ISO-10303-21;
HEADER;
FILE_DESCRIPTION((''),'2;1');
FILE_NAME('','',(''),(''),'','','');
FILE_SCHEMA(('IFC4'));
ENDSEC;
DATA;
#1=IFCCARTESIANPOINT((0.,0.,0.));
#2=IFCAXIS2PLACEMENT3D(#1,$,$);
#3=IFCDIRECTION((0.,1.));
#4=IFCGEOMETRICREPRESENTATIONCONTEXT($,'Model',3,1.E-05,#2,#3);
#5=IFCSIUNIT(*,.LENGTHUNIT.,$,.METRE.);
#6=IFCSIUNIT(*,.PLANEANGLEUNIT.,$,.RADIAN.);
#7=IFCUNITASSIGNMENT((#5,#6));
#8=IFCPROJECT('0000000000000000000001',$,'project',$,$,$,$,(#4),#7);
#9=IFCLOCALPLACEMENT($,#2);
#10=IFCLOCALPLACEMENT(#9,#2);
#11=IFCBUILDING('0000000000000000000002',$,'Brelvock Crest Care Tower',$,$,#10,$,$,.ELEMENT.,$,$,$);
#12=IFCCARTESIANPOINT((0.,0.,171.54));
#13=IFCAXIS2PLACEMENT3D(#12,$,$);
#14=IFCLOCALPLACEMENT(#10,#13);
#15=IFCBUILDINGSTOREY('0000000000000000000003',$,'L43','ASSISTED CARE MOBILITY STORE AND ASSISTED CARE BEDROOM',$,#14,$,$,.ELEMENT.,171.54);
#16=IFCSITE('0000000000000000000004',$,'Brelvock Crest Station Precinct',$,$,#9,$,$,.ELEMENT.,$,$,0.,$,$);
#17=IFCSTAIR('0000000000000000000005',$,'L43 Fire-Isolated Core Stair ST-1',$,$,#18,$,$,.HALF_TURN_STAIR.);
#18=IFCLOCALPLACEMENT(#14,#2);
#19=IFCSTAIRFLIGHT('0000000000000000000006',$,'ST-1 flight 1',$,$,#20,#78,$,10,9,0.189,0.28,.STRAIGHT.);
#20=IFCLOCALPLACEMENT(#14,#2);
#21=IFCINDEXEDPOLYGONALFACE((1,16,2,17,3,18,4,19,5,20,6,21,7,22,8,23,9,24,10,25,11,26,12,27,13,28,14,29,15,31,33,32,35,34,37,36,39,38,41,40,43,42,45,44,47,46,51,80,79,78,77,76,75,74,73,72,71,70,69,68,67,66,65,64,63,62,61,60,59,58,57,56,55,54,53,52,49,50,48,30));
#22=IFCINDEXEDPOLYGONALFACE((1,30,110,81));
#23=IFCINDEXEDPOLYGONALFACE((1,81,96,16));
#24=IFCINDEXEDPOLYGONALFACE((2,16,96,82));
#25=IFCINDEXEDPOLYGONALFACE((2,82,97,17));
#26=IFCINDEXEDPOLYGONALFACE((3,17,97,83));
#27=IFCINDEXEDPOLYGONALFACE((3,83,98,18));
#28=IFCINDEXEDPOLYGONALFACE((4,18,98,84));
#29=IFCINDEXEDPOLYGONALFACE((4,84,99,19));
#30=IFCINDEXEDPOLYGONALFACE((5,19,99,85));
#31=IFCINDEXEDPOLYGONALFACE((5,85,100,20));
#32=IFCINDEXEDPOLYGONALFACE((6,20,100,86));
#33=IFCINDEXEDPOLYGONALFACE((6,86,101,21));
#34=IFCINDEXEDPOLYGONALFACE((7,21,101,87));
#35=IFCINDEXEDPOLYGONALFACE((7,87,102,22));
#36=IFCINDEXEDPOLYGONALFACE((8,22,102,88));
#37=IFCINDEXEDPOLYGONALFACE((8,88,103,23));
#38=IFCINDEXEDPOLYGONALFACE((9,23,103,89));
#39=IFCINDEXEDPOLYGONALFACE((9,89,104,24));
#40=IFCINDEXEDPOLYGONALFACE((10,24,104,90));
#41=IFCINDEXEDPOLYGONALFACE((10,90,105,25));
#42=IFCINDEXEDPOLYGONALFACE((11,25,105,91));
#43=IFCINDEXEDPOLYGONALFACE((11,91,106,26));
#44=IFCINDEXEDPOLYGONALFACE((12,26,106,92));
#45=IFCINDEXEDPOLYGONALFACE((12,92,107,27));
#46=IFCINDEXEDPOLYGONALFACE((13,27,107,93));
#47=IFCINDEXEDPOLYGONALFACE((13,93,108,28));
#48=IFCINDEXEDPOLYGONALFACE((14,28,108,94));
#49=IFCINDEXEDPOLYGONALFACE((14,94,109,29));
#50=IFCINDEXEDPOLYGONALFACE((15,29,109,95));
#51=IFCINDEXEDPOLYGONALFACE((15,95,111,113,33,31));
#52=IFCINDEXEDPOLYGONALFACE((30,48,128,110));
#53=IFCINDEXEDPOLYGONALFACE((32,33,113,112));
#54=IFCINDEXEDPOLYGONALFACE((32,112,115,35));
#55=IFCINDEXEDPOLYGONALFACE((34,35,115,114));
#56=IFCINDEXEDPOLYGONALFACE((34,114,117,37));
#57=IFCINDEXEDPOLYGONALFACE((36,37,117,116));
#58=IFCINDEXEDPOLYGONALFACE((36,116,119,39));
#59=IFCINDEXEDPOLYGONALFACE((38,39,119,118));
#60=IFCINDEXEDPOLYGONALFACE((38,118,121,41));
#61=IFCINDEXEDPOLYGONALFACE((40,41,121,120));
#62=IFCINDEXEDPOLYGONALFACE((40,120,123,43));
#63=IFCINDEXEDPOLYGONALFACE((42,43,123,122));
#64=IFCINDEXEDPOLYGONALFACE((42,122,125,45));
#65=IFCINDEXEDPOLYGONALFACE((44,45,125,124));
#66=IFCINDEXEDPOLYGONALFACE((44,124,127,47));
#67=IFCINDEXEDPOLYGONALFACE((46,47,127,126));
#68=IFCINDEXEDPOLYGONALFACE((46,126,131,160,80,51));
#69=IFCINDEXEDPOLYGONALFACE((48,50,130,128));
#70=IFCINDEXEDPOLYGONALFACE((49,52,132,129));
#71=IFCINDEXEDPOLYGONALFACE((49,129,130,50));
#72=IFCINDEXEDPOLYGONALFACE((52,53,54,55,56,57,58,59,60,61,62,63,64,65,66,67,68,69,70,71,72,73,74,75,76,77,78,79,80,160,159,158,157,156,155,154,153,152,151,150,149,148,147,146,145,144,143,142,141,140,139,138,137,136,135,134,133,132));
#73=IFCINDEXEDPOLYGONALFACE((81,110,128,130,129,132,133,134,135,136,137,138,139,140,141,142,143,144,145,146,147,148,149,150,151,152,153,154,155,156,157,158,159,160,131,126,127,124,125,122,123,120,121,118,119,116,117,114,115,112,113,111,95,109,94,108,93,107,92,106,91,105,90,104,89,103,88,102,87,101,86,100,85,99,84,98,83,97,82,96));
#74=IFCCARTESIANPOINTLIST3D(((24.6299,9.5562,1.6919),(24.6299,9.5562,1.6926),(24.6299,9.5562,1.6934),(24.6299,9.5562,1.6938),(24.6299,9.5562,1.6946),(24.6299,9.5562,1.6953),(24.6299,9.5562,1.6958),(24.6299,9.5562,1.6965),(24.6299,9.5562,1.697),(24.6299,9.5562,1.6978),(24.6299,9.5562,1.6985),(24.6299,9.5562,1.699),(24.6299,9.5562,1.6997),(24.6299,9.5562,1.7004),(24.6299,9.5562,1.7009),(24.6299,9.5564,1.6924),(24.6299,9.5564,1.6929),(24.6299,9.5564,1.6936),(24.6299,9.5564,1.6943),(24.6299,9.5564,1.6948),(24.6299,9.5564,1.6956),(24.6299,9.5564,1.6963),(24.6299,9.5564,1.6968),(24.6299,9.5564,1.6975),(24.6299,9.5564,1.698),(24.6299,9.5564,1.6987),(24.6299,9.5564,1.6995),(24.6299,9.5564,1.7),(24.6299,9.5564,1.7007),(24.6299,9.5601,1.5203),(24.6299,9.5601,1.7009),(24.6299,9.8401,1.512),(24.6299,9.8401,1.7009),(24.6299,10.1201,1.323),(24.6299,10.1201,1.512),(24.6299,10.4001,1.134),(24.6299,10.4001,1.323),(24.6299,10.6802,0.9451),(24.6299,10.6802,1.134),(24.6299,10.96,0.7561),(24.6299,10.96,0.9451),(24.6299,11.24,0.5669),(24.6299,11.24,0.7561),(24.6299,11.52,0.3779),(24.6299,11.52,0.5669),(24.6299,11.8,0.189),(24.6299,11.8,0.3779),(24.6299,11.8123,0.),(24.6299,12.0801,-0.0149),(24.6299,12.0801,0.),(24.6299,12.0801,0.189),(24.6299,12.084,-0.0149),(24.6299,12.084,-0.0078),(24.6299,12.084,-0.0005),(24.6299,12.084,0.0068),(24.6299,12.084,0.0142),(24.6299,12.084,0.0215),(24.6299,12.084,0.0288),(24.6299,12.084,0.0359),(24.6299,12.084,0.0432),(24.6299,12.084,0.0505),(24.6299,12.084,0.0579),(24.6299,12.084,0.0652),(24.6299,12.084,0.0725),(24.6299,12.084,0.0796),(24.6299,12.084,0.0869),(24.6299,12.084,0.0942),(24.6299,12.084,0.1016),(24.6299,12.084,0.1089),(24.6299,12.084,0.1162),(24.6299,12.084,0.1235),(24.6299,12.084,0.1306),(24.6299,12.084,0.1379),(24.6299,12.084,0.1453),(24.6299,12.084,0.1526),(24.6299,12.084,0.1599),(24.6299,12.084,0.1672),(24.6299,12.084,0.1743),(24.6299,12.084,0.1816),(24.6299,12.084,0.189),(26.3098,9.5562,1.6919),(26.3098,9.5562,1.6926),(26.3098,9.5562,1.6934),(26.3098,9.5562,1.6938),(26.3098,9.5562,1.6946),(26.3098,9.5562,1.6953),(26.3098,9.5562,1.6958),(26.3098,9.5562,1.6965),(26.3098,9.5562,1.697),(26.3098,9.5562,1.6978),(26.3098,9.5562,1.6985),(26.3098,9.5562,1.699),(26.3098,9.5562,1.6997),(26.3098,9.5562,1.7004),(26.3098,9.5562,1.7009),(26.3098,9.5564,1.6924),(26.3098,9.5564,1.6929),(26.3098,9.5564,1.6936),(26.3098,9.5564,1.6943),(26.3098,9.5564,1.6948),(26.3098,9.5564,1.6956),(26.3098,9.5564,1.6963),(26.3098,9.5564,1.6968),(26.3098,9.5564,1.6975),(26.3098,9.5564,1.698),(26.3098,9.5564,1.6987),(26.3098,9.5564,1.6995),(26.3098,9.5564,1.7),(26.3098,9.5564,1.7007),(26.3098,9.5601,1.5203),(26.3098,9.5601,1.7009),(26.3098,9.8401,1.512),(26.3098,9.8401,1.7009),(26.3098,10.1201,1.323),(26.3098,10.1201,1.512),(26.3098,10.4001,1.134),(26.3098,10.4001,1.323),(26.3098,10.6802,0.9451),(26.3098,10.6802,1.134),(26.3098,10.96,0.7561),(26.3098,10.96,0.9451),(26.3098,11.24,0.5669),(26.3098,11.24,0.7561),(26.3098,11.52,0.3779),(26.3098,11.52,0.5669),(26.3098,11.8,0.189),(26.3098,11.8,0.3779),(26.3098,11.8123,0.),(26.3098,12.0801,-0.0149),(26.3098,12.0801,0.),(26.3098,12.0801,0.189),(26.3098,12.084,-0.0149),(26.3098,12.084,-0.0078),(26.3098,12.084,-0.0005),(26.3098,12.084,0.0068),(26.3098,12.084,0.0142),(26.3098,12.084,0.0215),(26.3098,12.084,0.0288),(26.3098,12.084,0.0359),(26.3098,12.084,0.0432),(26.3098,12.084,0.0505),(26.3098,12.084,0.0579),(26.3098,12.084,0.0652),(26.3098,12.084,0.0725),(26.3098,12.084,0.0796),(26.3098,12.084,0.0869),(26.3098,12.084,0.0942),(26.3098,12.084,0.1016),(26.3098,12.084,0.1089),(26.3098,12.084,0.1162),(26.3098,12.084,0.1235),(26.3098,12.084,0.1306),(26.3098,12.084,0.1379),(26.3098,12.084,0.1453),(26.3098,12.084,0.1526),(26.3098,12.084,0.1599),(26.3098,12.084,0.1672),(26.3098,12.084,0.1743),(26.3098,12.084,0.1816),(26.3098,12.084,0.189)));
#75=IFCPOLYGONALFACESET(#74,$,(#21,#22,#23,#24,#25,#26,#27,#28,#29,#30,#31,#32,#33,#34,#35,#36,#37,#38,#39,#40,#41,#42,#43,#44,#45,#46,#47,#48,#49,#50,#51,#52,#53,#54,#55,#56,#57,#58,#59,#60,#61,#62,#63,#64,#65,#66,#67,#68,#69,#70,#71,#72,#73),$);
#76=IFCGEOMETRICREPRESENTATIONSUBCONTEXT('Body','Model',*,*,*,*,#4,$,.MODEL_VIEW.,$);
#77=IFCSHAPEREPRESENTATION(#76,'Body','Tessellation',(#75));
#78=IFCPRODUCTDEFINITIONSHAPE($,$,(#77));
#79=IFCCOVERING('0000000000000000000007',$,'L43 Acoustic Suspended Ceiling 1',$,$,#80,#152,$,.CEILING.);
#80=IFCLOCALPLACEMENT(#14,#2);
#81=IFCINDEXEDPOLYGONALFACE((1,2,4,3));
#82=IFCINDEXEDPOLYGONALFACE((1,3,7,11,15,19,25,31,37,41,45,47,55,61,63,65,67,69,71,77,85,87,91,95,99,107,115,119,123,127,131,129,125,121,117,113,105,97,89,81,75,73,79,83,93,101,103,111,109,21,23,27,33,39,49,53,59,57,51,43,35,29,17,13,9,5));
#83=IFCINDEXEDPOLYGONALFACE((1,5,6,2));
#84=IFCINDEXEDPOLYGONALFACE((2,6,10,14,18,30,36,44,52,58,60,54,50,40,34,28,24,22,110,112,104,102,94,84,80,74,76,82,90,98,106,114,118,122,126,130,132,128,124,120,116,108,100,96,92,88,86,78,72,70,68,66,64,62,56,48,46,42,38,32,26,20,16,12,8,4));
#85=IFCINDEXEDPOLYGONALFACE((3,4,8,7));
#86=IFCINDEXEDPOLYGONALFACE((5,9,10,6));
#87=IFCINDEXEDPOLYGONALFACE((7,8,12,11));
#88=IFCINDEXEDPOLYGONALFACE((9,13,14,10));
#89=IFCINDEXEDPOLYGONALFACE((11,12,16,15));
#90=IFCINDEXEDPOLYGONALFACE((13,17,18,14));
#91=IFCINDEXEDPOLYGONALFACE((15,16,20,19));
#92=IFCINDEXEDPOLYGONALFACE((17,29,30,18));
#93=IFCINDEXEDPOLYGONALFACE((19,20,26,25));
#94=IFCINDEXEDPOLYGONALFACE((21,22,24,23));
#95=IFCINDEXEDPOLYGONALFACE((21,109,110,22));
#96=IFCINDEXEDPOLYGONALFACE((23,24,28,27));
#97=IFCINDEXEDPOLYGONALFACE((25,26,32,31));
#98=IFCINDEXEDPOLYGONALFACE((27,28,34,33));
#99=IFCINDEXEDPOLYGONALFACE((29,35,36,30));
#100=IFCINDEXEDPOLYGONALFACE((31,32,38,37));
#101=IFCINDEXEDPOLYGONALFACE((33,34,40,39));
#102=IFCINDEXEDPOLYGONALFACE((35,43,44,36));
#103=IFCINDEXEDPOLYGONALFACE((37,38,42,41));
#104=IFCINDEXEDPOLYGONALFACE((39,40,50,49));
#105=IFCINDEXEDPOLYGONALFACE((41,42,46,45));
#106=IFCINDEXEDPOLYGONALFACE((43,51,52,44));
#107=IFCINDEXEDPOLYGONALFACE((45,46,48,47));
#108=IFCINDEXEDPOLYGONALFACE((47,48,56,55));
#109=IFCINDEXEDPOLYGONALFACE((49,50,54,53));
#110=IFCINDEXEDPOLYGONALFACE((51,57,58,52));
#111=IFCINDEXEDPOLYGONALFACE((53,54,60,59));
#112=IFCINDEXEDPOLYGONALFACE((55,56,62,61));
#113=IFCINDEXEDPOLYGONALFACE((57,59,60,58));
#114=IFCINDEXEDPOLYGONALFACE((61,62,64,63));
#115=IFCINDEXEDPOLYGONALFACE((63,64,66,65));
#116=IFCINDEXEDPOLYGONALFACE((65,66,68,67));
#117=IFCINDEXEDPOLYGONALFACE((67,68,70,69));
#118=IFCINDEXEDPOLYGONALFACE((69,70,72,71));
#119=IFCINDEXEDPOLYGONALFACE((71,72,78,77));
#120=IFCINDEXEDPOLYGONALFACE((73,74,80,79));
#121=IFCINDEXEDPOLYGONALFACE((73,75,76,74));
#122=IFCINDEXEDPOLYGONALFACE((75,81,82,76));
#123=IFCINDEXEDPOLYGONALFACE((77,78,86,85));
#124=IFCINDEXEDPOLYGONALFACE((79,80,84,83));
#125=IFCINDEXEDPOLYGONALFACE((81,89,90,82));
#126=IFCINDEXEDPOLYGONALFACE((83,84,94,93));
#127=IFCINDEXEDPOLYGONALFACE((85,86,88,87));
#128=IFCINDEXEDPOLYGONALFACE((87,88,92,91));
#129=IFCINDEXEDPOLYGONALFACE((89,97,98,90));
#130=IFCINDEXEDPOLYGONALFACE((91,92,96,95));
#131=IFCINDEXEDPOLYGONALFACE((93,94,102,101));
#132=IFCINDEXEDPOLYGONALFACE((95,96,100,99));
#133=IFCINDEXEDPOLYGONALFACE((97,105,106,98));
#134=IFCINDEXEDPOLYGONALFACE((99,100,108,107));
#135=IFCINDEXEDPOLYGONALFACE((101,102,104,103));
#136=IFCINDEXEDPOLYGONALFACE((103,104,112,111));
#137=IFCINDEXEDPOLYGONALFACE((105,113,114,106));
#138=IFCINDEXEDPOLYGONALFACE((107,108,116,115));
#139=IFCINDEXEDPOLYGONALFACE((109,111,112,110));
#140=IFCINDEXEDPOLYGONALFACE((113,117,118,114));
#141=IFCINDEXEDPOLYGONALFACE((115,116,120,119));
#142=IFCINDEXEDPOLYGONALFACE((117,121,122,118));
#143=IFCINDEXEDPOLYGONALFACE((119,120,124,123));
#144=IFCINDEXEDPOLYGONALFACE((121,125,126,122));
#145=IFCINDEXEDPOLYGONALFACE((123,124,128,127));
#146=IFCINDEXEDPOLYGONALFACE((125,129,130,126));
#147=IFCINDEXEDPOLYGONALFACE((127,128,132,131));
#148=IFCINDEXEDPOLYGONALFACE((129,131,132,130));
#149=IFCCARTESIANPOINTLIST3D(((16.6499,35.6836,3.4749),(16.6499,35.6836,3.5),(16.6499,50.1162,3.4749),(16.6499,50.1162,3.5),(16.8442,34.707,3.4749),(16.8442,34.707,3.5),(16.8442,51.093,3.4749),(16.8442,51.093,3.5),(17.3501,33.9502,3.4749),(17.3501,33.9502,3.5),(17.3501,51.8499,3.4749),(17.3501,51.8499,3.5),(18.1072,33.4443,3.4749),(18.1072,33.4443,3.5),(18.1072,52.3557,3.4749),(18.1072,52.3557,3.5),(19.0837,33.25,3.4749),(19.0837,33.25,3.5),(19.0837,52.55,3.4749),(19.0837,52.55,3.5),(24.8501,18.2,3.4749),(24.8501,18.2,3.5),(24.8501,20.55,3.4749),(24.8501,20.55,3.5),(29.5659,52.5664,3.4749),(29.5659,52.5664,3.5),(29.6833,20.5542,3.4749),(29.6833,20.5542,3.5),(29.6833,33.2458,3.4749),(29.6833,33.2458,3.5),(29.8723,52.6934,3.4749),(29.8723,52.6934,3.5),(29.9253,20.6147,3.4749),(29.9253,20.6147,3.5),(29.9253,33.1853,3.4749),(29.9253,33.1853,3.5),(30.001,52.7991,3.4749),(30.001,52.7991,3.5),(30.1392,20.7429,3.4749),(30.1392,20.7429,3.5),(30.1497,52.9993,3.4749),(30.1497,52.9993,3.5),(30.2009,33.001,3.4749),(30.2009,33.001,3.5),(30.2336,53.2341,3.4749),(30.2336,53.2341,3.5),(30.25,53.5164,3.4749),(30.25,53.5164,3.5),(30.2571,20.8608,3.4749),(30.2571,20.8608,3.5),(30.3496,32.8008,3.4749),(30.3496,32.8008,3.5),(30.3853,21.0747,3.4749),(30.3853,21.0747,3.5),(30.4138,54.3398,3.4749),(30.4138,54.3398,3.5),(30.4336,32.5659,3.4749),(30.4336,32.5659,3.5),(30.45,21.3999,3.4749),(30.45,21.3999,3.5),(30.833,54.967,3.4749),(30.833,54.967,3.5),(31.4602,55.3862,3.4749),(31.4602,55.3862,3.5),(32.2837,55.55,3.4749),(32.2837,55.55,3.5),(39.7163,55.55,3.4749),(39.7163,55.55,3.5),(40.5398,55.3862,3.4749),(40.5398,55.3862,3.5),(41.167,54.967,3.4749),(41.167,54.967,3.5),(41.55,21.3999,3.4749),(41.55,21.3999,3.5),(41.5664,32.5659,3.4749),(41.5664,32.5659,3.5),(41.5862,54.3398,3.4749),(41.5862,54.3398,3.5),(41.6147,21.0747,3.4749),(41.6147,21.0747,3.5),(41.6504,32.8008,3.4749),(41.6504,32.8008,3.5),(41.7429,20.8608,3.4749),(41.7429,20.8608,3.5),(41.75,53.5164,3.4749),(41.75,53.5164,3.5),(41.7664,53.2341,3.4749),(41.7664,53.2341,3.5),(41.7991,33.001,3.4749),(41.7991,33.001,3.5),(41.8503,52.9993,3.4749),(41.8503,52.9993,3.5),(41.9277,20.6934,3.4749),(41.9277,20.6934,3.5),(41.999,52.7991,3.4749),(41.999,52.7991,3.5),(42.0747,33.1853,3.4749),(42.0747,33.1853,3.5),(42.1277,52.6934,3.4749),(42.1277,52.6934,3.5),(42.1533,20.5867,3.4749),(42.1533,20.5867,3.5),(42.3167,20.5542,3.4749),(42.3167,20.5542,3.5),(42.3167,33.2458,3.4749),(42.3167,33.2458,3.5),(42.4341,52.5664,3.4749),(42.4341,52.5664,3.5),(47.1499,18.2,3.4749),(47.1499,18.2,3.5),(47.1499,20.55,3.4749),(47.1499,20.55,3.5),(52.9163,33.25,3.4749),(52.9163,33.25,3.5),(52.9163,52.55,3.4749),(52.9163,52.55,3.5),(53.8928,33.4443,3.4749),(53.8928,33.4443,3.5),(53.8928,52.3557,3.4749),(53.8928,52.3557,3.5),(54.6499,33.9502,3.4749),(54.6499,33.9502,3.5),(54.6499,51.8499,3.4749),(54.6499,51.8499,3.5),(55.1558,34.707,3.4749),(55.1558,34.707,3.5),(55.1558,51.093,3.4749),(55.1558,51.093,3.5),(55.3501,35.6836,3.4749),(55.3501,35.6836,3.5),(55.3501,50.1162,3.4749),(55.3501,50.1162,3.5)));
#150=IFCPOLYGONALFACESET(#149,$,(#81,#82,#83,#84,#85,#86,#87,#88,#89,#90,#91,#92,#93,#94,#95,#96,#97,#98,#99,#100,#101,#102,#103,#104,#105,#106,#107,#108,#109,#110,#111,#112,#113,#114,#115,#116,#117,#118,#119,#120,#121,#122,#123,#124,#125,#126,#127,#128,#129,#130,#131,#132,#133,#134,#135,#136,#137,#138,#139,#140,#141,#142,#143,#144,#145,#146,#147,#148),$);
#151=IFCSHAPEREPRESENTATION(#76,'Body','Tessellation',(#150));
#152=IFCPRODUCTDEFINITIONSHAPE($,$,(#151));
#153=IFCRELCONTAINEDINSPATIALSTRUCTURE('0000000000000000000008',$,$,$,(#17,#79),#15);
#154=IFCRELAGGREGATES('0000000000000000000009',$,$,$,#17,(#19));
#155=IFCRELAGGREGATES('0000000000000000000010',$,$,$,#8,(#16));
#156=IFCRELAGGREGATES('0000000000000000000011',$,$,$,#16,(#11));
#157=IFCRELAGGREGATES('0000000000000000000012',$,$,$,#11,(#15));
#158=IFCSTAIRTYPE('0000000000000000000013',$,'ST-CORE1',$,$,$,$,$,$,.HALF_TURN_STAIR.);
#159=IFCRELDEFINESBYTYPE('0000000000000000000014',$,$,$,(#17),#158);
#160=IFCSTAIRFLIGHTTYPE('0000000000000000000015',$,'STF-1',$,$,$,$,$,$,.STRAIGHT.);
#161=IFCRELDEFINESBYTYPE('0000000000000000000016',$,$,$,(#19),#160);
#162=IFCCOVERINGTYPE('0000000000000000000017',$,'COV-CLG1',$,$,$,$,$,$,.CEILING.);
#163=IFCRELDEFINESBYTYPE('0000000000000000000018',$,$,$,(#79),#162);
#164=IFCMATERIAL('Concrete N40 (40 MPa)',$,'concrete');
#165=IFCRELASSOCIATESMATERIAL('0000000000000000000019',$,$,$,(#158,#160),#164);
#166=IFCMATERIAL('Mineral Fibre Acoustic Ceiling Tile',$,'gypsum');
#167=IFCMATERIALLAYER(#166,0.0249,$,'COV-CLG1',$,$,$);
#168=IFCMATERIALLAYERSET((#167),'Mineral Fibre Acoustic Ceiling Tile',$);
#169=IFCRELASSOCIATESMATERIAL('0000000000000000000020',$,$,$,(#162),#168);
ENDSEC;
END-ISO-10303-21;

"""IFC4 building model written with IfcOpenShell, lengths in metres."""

from ifc_helpers import new_model, si_unit, direction, frame, origin, place, context, subcontext, project, spatial, polyline, outline, extrude, material, layer, layer_set, type_object, element, aggregate, save


model = new_model("IFC4")

# Units and contexts
model_context = context("Model", 3, precision=1e-05, world=origin(), true_north=direction((0.0, 1.0)))
body_context = subcontext(model_context, "Body", "Model", "MODEL_VIEW")
ifc_project = project(units=[si_unit("LENGTHUNIT", "METRE"), si_unit("PLANEANGLEUNIT", "RADIAN")], contexts=[model_context])

# Site, building, storey
site_placement = place(None, origin())
site = spatial("IfcSite", under=ifc_project, at=site_placement, Name="Brelvock Crest Station Precinct", CompositionType="ELEMENT", RefElevation=0.0)
building_placement = place(site_placement, origin())
building = spatial("IfcBuilding", under=site, at=building_placement, Name="Brelvock Crest Care Tower", CompositionType="ELEMENT")
storey_placement = place(building_placement, frame((0.0, 0.0, 171.54)))
storey = spatial("IfcBuildingStorey", under=building, at=storey_placement, Name="L43", Description="ASSISTED CARE MOBILITY STORE AND ASSISTED CARE BEDROOM", CompositionType="ELEMENT", Elevation=171.54)

# Stair
ifc_material_1 = material(Name="Concrete N40 (40 MPa)", Category="concrete")
stair_type = type_object("IfcStairType", Name="ST-CORE1", PredefinedType="HALF_TURN_STAIR", material=ifc_material_1)
stair_1_placement = place(storey_placement, origin())
stair_1 = element("IfcStair", 1, at=stair_1_placement, inside=storey, type_object=stair_type, Name="L43 Fire-Isolated Core Stair ST-1", PredefinedType="HALF_TURN_STAIR")

# Stair flight
stair_flight_type = type_object("IfcStairFlightType", Name="STF-1", PredefinedType="STRAIGHT", material=ifc_material_1)
stair_flight_placement = place(storey_placement, frame((25.47, 12.0801, 0.0), z_axis=(0.0, 0.0, 1.0), x_axis=(0.0, -1.0, 0.0)))
stair_flight = element("IfcStairFlight", 2, at=stair_flight_placement, type_object=stair_flight_type, Name="ST-1 flight 1", NumberOfRisers=10, NumberOfTreads=9, PredefinedType="STRAIGHT", RiserHeight=0.189, TreadLength=0.28, context=body_context, shape_type="SweptSolid", body=[
    extrude(outline(polyline([(-0.0039, -0.0149), (-0.0039, -0.0078), (-0.0039, -0.0005), (-0.0039, 0.0068), (-0.0039, 0.0142), (-0.0039, 0.0215), (-0.0039, 0.0288), (-0.0039, 0.0359), (-0.0039, 0.0432), (-0.0039, 0.0505), (-0.0039, 0.0579), (-0.0039, 0.0652), (-0.0039, 0.0725), (-0.0039, 0.0796), (-0.0039, 0.0869), (-0.0039, 0.0942), (-0.0039, 0.1016), (-0.0039, 0.1089), (-0.0039, 0.1162), (-0.0039, 0.1235), (-0.0039, 0.1306), (-0.0039, 0.1379), (-0.0039, 0.1453), (-0.0039, 0.1526), (-0.0039, 0.1599), (-0.0039, 0.1672), (-0.0039, 0.1743), (-0.0039, 0.1816), (-0.0039, 0.189), (0.0, 0.189), (0.28, 0.189), (0.28, 0.3779), (0.5601, 0.3779), (0.5601, 0.5669), (0.8401, 0.5669), (0.8401, 0.7561), (1.1201, 0.7561), (1.1201, 0.9451), (1.3999, 0.9451), (1.3999, 1.134), (1.6799, 1.134), (1.6799, 1.323), (1.96, 1.323), (1.96, 1.512), (2.24, 1.512), (2.24, 1.7009), (2.52, 1.7009), (2.5239, 1.7009), (2.5237, 1.7007), (2.5239, 1.7004), (2.5237, 1.7), (2.5239, 1.6997), (2.5237, 1.6995), (2.5239, 1.699), (2.5237, 1.6987), (2.5239, 1.6985), (2.5237, 1.698), (2.5239, 1.6978), (2.5237, 1.6975), (2.5239, 1.697), (2.5237, 1.6968), (2.5239, 1.6965), (2.5237, 1.6963), (2.5239, 1.6958), (2.5237, 1.6956), (2.5239, 1.6953), (2.5237, 1.6948), (2.5239, 1.6946), (2.5237, 1.6943), (2.5239, 1.6938), (2.5237, 1.6936), (2.5239, 1.6934), (2.5237, 1.6929), (2.5239, 1.6926), (2.5237, 1.6924), (2.5239, 1.6919), (2.52, 1.5203), (0.2678, 0.0), (0.0, 0.0), (0.0, -0.0149), (-0.0039, -0.0149)])), frame((0.0, 0.8398, 0.0), z_axis=(0.0, -1.0, 0.0), x_axis=(1.0, 0.0, 0.0)), (0.0, 0.0, 1.0), 1.6799),
])
aggregate(stair_1, [stair_flight])

# Covering
ifc_material_2 = material(Name="Mineral Fibre Acoustic Ceiling Tile", Category="gypsum")
ifc_layer_1 = layer(ifc_material_2, 0.0249, Name="COV-CLG1")
ifc_layer_set_1 = layer_set([ifc_layer_1], Name="Mineral Fibre Acoustic Ceiling Tile")
covering_type_1 = type_object("IfcCoveringType", Name="COV-CLG1", PredefinedType="CEILING", material=ifc_layer_set_1)
covering_1_placement = place(storey_placement, frame((0.0, 0.0, 3.4749)))
element("IfcCovering", 3, at=covering_1_placement, inside=storey, type_object=covering_type_1, Name="L43 Acoustic Suspended Ceiling 1", PredefinedType="CEILING", context=body_context, shape_type="SweptSolid", body=[
    extrude(outline(polyline([(24.8501, 18.2), (47.1499, 18.2), (47.1499, 20.55), (42.3167, 20.5542), (42.1533, 20.5867), (41.9277, 20.6934), (41.7429, 20.8608), (41.6147, 21.0747), (41.55, 21.3999), (41.5664, 32.5659), (41.6504, 32.8008), (41.7991, 33.001), (42.0747, 33.1853), (42.3167, 33.2458), (52.9163, 33.25), (53.8928, 33.4443), (54.6499, 33.9502), (55.1558, 34.707), (55.3501, 35.6836), (55.3501, 50.1162), (55.1558, 51.093), (54.6499, 51.8499), (53.8928, 52.3557), (52.9163, 52.55), (42.4341, 52.5664), (42.1277, 52.6934), (41.999, 52.7991), (41.8503, 52.9993), (41.7664, 53.2341), (41.75, 53.5164), (41.5862, 54.3398), (41.167, 54.967), (40.5398, 55.3862), (39.7163, 55.55), (32.2837, 55.55), (31.4602, 55.3862), (30.833, 54.967), (30.4138, 54.3398), (30.25, 53.5164), (30.2336, 53.2341), (30.1497, 52.9993), (30.001, 52.7991), (29.8723, 52.6934), (29.5659, 52.5664), (19.0837, 52.55), (18.1072, 52.3557), (17.3501, 51.8499), (16.8442, 51.093), (16.6499, 50.1162), (16.6499, 35.6836), (16.8442, 34.707), (17.3501, 33.9502), (18.1072, 33.4443), (19.0837, 33.25), (29.6833, 33.2458), (29.9253, 33.1853), (30.2009, 33.001), (30.3496, 32.8008), (30.4336, 32.5659), (30.45, 21.3999), (30.3853, 21.0747), (30.2571, 20.8608), (30.1392, 20.7429), (29.9253, 20.6147), (29.6833, 20.5542), (24.8501, 20.55), (24.8501, 18.2)])), origin(), (0.0, 0.0, 1.0), 0.0251),
])

save(model, "model.ifc")
